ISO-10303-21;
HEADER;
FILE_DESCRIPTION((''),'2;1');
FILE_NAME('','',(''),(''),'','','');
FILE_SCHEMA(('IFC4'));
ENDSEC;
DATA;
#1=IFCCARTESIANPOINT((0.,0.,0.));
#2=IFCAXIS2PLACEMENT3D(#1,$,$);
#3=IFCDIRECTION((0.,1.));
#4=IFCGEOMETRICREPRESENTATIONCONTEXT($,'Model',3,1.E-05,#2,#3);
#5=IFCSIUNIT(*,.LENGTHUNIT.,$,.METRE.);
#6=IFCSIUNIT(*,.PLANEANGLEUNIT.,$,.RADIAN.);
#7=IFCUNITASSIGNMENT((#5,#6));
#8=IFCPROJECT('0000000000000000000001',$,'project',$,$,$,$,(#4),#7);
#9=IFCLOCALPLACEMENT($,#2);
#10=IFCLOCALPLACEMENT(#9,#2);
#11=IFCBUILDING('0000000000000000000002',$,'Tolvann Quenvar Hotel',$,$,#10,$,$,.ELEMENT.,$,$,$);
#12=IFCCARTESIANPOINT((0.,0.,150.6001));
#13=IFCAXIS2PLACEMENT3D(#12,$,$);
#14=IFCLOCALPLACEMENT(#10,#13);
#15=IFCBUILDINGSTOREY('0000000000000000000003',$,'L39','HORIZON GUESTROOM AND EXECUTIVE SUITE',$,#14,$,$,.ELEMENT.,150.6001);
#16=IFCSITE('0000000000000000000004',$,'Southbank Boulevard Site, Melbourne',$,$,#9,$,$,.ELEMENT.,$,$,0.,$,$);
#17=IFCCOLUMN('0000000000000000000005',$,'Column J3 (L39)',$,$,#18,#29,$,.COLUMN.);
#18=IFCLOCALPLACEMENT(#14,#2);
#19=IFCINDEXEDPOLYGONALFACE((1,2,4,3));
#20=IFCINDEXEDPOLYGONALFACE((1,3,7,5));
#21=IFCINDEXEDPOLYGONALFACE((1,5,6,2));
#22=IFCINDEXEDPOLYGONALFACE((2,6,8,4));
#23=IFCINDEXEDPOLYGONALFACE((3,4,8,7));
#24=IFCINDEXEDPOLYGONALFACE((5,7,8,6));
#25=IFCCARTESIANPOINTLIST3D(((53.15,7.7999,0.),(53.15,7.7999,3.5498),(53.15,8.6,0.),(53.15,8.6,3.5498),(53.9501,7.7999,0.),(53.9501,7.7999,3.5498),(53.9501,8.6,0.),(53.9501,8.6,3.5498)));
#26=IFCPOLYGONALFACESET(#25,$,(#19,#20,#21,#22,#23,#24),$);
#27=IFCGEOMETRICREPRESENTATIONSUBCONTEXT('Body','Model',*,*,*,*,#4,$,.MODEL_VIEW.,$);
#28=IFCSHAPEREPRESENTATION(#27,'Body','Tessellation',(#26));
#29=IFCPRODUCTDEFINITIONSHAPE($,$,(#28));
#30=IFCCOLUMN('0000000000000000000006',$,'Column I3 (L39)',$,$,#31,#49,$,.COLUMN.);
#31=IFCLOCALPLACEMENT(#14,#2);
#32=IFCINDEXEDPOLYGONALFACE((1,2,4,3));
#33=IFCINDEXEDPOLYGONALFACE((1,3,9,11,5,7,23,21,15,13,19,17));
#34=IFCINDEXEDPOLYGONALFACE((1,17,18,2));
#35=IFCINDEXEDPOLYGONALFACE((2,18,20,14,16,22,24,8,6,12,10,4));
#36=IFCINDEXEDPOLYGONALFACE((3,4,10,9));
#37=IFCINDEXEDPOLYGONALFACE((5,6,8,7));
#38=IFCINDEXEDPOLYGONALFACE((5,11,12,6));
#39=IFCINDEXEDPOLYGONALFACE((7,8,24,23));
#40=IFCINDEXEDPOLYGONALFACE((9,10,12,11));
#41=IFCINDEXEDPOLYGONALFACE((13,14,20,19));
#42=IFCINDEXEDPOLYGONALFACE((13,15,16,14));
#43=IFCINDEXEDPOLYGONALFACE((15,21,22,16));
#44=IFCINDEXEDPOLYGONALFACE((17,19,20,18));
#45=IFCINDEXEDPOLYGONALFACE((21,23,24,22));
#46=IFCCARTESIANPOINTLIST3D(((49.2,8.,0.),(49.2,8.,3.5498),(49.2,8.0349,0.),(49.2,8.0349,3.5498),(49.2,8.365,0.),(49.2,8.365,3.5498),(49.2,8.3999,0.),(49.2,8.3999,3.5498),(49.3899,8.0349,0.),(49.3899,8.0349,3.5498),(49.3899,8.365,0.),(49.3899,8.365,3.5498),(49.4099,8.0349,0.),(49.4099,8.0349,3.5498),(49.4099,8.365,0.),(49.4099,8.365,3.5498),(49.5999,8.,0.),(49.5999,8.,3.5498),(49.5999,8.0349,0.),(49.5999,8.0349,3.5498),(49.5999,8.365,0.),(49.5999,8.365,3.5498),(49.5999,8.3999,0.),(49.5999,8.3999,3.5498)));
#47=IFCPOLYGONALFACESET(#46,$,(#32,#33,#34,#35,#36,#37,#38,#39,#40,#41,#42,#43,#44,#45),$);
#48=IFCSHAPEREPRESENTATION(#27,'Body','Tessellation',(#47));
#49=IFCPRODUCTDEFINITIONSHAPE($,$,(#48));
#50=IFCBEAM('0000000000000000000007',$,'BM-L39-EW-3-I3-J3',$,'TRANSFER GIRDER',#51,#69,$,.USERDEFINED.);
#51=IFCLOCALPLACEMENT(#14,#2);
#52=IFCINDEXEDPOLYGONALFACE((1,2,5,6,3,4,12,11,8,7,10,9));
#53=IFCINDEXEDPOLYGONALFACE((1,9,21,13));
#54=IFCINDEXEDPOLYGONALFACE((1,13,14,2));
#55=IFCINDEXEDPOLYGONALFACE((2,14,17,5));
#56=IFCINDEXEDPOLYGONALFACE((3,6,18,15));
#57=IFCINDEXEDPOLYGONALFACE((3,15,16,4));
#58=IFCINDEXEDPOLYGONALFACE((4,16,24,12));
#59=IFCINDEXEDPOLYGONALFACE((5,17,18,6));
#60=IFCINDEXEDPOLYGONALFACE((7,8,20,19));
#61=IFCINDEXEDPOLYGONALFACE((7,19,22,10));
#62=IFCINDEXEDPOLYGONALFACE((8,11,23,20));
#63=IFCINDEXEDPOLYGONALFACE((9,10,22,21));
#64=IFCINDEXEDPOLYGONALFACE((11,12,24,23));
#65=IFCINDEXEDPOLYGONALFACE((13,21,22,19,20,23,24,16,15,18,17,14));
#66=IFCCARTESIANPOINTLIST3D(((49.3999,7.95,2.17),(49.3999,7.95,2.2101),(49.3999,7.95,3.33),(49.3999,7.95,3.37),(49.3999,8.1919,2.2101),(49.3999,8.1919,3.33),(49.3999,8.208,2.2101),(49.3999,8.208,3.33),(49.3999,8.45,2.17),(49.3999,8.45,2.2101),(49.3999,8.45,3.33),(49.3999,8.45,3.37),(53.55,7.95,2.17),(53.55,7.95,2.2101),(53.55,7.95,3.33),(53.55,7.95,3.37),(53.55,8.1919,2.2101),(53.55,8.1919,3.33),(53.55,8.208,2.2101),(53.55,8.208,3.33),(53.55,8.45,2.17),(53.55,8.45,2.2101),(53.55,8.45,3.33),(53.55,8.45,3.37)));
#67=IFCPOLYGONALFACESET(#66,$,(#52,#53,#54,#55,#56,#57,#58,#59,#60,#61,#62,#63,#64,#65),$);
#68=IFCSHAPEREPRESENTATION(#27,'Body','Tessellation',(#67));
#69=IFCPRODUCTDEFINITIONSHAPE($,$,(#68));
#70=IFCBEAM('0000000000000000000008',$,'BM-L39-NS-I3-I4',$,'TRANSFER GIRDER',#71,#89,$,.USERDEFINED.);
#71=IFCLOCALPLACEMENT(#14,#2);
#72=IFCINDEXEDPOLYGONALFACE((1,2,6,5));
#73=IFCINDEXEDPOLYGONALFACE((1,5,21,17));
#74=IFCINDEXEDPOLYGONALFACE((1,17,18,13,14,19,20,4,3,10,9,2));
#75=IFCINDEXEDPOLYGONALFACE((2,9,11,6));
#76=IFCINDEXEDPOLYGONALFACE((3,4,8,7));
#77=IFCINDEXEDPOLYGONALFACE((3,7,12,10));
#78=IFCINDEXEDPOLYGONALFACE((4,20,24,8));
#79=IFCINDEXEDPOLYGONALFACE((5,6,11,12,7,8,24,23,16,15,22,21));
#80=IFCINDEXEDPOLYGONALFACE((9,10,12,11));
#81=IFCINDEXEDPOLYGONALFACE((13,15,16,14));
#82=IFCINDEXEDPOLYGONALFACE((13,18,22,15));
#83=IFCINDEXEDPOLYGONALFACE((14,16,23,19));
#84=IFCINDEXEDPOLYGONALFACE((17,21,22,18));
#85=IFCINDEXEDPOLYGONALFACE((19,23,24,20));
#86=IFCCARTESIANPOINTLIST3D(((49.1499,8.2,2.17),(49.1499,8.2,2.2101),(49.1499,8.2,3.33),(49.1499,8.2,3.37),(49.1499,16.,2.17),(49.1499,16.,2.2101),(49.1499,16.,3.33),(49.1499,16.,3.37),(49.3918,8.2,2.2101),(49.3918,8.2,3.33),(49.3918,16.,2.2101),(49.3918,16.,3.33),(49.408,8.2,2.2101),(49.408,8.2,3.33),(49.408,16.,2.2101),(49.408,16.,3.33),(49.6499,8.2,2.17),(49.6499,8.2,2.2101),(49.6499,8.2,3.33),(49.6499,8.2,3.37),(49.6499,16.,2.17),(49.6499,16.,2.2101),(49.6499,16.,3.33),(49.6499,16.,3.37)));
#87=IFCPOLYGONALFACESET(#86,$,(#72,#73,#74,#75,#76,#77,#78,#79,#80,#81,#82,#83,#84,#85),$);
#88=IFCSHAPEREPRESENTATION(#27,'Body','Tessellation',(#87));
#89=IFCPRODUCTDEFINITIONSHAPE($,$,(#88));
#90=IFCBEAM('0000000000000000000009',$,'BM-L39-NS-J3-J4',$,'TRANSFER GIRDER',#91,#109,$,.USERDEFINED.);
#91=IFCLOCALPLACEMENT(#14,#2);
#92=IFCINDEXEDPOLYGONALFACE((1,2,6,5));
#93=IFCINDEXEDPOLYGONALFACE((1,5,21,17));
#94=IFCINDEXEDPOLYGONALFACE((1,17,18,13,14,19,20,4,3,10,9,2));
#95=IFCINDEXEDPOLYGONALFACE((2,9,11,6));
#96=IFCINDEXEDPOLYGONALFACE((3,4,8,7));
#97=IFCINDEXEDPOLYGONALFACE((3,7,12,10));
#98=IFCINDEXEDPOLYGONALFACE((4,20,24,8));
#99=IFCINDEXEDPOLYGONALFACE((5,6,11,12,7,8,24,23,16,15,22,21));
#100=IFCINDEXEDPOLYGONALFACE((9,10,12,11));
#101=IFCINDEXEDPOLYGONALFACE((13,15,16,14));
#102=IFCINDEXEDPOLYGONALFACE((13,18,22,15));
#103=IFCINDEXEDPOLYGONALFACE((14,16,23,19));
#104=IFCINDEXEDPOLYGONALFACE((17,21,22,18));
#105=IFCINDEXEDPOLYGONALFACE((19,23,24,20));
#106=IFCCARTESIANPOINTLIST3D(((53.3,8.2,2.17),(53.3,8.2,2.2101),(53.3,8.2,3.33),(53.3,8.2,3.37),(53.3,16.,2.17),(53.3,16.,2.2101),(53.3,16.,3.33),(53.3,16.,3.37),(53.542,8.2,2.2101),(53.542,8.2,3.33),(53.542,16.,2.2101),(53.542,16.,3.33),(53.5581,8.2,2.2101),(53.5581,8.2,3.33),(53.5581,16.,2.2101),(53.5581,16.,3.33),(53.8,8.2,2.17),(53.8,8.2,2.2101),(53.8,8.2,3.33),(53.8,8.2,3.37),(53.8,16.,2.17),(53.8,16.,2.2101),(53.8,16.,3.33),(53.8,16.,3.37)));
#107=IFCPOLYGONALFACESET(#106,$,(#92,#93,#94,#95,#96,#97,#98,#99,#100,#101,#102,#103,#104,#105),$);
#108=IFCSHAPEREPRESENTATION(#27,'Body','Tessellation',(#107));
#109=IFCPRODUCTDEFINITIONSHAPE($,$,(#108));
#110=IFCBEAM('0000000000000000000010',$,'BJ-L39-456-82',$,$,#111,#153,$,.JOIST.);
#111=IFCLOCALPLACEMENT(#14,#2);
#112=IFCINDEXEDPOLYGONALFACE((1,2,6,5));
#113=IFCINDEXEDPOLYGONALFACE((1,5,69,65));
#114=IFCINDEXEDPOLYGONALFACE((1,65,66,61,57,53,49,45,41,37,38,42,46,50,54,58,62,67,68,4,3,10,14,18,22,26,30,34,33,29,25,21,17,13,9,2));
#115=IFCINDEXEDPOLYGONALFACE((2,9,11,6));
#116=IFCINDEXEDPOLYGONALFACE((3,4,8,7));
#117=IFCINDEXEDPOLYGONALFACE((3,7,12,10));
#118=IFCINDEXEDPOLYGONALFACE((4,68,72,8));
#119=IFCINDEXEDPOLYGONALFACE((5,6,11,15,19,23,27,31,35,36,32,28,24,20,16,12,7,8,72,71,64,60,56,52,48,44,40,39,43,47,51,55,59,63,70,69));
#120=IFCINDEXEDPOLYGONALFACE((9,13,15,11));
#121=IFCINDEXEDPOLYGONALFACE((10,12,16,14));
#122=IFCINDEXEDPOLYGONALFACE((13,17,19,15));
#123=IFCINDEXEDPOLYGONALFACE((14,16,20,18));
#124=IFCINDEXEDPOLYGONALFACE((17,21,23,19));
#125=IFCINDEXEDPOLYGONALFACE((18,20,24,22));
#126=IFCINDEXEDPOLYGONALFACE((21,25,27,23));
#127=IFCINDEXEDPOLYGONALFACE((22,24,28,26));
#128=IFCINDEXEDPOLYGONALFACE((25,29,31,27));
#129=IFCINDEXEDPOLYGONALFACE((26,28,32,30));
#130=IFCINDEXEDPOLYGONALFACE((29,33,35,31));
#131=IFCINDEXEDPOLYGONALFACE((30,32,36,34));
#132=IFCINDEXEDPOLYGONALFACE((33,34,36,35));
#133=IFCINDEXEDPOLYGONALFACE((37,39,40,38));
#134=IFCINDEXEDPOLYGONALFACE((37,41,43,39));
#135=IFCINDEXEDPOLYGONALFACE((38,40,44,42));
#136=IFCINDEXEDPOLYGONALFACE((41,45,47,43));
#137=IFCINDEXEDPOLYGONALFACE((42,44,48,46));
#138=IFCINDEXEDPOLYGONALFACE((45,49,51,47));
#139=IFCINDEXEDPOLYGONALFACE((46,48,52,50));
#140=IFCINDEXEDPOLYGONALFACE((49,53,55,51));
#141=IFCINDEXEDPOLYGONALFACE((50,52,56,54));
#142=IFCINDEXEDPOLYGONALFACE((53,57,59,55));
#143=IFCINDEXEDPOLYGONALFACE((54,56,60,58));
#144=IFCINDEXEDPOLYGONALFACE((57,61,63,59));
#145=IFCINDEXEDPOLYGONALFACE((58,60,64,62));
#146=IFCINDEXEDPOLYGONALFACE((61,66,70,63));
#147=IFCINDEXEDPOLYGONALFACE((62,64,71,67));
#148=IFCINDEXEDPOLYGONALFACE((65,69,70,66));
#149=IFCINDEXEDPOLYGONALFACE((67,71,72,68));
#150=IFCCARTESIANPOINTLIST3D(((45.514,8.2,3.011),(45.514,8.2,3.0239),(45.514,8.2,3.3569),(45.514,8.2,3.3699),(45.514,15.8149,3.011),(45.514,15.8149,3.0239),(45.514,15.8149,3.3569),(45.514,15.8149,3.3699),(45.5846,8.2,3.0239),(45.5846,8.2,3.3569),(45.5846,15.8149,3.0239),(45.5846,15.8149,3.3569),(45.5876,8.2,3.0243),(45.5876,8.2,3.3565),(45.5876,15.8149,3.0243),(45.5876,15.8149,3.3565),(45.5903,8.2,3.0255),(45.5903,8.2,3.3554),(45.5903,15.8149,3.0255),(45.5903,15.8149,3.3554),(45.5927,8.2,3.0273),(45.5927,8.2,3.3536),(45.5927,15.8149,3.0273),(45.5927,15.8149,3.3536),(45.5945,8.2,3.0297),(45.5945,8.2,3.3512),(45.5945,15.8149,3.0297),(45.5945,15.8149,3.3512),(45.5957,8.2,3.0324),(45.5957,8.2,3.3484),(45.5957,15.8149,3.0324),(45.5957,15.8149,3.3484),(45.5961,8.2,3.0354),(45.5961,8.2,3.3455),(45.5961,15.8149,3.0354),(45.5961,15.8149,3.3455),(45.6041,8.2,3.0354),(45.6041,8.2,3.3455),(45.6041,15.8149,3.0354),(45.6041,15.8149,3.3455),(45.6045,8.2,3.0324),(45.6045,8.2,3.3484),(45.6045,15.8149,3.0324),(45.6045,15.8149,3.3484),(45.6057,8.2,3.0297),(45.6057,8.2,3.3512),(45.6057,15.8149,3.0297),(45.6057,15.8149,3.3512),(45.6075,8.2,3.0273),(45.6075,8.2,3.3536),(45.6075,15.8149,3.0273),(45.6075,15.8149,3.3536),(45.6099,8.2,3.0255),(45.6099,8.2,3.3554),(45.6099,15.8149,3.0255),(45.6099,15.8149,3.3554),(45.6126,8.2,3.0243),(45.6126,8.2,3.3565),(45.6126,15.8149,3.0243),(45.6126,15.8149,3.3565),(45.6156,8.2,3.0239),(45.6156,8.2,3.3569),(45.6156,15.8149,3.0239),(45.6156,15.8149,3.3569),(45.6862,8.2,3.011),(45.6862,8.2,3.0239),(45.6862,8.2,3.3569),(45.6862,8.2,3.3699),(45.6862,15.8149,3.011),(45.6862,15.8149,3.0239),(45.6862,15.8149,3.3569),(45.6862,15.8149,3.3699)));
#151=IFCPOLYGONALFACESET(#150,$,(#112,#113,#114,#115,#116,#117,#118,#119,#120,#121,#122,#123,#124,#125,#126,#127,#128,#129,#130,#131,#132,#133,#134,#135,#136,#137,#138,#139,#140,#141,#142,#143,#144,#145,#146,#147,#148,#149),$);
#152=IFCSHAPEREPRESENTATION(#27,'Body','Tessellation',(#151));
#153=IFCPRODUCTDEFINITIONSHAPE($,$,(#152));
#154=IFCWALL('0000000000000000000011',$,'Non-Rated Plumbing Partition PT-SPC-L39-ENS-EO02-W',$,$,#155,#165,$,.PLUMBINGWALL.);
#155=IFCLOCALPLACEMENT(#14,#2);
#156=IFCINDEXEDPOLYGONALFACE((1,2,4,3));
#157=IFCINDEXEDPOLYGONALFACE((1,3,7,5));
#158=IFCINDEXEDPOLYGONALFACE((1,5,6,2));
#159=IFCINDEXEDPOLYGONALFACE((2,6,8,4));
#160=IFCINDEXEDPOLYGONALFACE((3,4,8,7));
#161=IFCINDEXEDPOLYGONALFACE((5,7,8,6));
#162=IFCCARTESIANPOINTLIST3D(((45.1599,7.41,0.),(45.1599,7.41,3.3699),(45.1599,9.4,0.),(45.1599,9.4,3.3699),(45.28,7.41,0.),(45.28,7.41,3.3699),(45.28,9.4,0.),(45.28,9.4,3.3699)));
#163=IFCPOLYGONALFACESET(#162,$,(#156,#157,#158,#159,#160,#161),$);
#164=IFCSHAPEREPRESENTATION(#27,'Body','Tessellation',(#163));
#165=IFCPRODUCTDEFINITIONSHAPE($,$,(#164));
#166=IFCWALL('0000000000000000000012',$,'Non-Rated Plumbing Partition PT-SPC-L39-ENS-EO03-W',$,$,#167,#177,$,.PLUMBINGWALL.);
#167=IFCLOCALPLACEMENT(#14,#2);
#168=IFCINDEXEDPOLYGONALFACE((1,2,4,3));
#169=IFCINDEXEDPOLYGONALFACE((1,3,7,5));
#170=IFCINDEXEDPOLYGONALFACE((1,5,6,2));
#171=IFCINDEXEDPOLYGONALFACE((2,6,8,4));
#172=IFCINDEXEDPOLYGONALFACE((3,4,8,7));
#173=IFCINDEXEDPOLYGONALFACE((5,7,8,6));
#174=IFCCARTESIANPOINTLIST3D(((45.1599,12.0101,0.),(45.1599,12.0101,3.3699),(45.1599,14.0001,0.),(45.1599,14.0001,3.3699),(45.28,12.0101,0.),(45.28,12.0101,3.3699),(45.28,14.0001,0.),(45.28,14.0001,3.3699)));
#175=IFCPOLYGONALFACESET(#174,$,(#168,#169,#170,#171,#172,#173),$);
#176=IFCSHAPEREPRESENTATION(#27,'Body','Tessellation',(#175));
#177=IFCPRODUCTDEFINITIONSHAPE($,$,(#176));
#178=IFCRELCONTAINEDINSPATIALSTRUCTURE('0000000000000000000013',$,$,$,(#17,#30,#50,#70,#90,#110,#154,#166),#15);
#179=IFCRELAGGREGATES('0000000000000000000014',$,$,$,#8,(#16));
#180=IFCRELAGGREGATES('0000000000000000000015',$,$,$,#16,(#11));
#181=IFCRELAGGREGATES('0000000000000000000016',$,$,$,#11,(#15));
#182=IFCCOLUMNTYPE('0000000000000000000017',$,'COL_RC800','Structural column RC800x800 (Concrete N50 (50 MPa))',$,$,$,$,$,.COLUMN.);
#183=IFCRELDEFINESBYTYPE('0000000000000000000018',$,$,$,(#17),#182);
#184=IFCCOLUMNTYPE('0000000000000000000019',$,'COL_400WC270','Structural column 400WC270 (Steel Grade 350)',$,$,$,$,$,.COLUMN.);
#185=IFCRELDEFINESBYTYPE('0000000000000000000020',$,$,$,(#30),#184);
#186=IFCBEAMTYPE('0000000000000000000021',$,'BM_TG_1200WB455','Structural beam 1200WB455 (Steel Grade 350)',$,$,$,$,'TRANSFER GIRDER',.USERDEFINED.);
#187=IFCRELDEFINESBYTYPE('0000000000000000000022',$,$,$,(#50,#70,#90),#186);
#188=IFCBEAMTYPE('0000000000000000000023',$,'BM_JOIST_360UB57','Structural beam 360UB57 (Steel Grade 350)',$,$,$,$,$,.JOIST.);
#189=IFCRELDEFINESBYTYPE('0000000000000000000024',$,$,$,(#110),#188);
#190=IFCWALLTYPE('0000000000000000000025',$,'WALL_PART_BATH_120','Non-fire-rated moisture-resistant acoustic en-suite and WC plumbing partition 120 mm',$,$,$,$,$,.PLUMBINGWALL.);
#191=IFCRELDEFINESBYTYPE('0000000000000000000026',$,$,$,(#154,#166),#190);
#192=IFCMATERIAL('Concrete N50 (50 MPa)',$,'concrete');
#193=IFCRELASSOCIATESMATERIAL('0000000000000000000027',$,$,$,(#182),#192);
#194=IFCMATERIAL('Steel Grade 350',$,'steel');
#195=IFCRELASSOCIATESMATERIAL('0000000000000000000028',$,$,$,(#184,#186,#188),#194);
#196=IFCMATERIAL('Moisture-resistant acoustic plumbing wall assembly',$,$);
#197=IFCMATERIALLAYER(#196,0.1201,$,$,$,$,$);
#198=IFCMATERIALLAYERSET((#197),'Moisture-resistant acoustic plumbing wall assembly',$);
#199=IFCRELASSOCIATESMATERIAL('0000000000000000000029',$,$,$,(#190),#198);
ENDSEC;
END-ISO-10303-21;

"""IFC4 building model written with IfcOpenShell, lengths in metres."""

from ifc_helpers import new_model, si_unit, direction, frame, frame_2d, origin, origin_2d, place, context, subcontext, project, spatial, rectangle, i_section, extrude, source, transform, mapped, material, layer, layer_set, material_profile, profile_set, type_object, type_shapes, element, save


model = new_model("IFC4")

# Units and contexts
model_context = context("Model", 3, precision=1e-05, world=origin(), true_north=direction((0.0, 1.0)))
body_context = subcontext(model_context, "Body", "Model", "MODEL_VIEW")
ifc_project = project(units=[si_unit("LENGTHUNIT", "METRE"), si_unit("PLANEANGLEUNIT", "RADIAN")], contexts=[model_context])

# Site, building, storey
site_placement = place(None, origin())
site = spatial("IfcSite", under=ifc_project, at=site_placement, Name="Southbank Boulevard Site, Melbourne", CompositionType="ELEMENT", RefElevation=0.0)
building_placement = place(site_placement, origin())
building = spatial("IfcBuilding", under=site, at=building_placement, Name="Tolvann Quenvar Hotel", CompositionType="ELEMENT")
storey_placement = place(building_placement, frame((0.0, 0.0, 150.6001)))
storey = spatial("IfcBuildingStorey", under=building, at=storey_placement, Name="L39", Description="HORIZON GUESTROOM AND EXECUTIVE SUITE", CompositionType="ELEMENT", Elevation=150.6001)

# Columns
ifc_material_1 = material(Name="Concrete N50 (50 MPa)", Category="concrete")
ifc_material_profile_1 = material_profile(ifc_material_1, rectangle(XDim=0.8, YDim=0.8, at=origin_2d()), Name="RC800x800")
ifc_profile_set_1 = profile_set([ifc_material_profile_1], Name="Concrete N50 (50 MPa)")
column_type_1 = type_object("IfcColumnType", Name="COL_RC800", Description="Structural column RC800x800 (Concrete N50 (50 MPa))", PredefinedType="COLUMN", material=ifc_profile_set_1)
shared_shape_1 = source(origin(), body_context, "Body", "SweptSolid", [
    extrude(rectangle(XDim=0.8, YDim=0.8, at=origin_2d()), origin(), (0.0, 0.0, 1.0), 3.5498),
])
type_shapes(column_type_1, [shared_shape_1])
column_1_placement = place(storey_placement, frame((53.55, 8.2, 0.0), z_axis=(0.0, 0.0, 1.0), x_axis=(1.0, 0.0, 0.0)))
element("IfcColumn", 1, at=column_1_placement, inside=storey, type_object=column_type_1, Name="Column J3 (L39)", PredefinedType="COLUMN", context=body_context, shape_type="MappedRepresentation", body=[
    mapped(shared_shape_1, transform((0.0, 0.0, 0.0), x_axis=(1.0, 0.0, 0.0), y_axis=(0.0, 1.0, 0.0), z_axis=(0.0, 0.0, 1.0), scale=1.0)),
])
ifc_material_2 = material(Name="Steel Grade 350", Category="steel")
ifc_material_profile_2 = material_profile(ifc_material_2, i_section(OverallWidth=0.3999, OverallDepth=0.3999, WebThickness=0.02, FlangeThickness=0.0349, at=origin_2d()), Name="400WC270")
ifc_profile_set_2 = profile_set([ifc_material_profile_2], Name="Steel Grade 350")
column_type_2 = type_object("IfcColumnType", Name="COL_400WC270", Description="Structural column 400WC270 (Steel Grade 350)", PredefinedType="COLUMN", material=ifc_profile_set_2)
shared_shape_2 = source(origin(), body_context, "Body", "SweptSolid", [
    extrude(i_section(OverallWidth=0.3999, OverallDepth=0.3999, WebThickness=0.02, FlangeThickness=0.0349, at=origin_2d()), origin(), (0.0, 0.0, 1.0), 3.5498),
])
type_shapes(column_type_2, [shared_shape_2])
column_2_placement = place(storey_placement, frame((49.3999, 8.2, 0.0), z_axis=(0.0, 0.0, 1.0), x_axis=(1.0, 0.0, 0.0)))
element("IfcColumn", 2, at=column_2_placement, inside=storey, type_object=column_type_2, Name="Column I3 (L39)", PredefinedType="COLUMN", context=body_context, shape_type="MappedRepresentation", body=[
    mapped(shared_shape_2, transform((0.0, 0.0, 0.0), x_axis=(1.0, 0.0, 0.0), y_axis=(0.0, 1.0, 0.0), z_axis=(0.0, 0.0, 1.0), scale=1.0)),
])

# Beams
ifc_material_profile_3 = material_profile(ifc_material_2, i_section(OverallWidth=0.5, OverallDepth=1.2, WebThickness=0.0161, FlangeThickness=0.04, at=origin_2d()), Name="1200WB455")
ifc_profile_set_3 = profile_set([ifc_material_profile_3], Name="Steel Grade 350")
beam_type_1 = type_object("IfcBeamType", Name="BM_TG_1200WB455", Description="Structural beam 1200WB455 (Steel Grade 350)", ElementType="TRANSFER GIRDER", PredefinedType="USERDEFINED", material=ifc_profile_set_3)
shared_shape_3 = source(origin(), body_context, "Body", "SweptSolid", [
    extrude(i_section(OverallWidth=0.5, OverallDepth=1.2, WebThickness=0.0161, FlangeThickness=0.04, at=origin_2d()), origin(), (0.0, 0.0, 1.0), 4.1501),
])
beam_1_placement = place(storey_placement, frame((49.3999, 8.2, 2.77), z_axis=(1.0, 0.0, 0.0), x_axis=(0.0, 1.0, 0.0)))
element("IfcBeam", 3, at=beam_1_placement, inside=storey, type_object=beam_type_1, Name="BM-L39-EW-3-I3-J3", ObjectType="TRANSFER GIRDER", PredefinedType="USERDEFINED", context=body_context, shape_type="MappedRepresentation", body=[
    mapped(shared_shape_3, transform((0.0, 0.0, 0.0), x_axis=(1.0, 0.0, 0.0), y_axis=(0.0, 1.0, 0.0), z_axis=(0.0, 0.0, 1.0), scale=1.0)),
])
shared_shape_4 = source(origin(), body_context, "Body", "SweptSolid", [
    extrude(i_section(OverallWidth=0.5, OverallDepth=1.2, WebThickness=0.0161, FlangeThickness=0.04, at=origin_2d()), origin(), (0.0, 0.0, 1.0), 7.8),
])
type_shapes(beam_type_1, [shared_shape_3, shared_shape_4])
for number, where, z_axis, x_axis, name in (
    (4, (49.3999, 8.2, 2.77), (0.0, 1.0, 0.0), (-1.0, 0.0, 0.0), "BM-L39-NS-I3-I4"),
    (5, (53.55, 8.2, 2.77), (0.0, 1.0, 0.0), (-1.0, 0.0, 0.0), "BM-L39-NS-J3-J4"),
):
    element("IfcBeam", number, at=place(storey_placement, frame(where, z_axis=z_axis, x_axis=x_axis)), inside=storey, type_object=beam_type_1, Name=name, ObjectType="TRANSFER GIRDER", PredefinedType="USERDEFINED", context=body_context, shape_type="MappedRepresentation", body=[
        mapped(shared_shape_4, transform((0.0, 0.0, 0.0), x_axis=(1.0, 0.0, 0.0), y_axis=(0.0, 1.0, 0.0), z_axis=(0.0, 0.0, 1.0), scale=1.0)),
    ])
ifc_material_profile_4 = material_profile(ifc_material_2, i_section(OverallWidth=0.1721, OverallDepth=0.3589, WebThickness=0.0081, FlangeThickness=0.0129, FilletRadius=0.0115, at=origin_2d()), Name="360UB57")
ifc_profile_set_4 = profile_set([ifc_material_profile_4], Name="Steel Grade 350")
beam_type_2 = type_object("IfcBeamType", Name="BM_JOIST_360UB57", Description="Structural beam 360UB57 (Steel Grade 350)", PredefinedType="JOIST", material=ifc_profile_set_4)
shared_shape_5 = source(origin(), body_context, "Body", "SweptSolid", [
    extrude(i_section(OverallWidth=0.1721, OverallDepth=0.3589, WebThickness=0.0081, FlangeThickness=0.0129, FilletRadius=0.0115, at=origin_2d()), origin(), (0.0, 0.0, 1.0), 7.615),
])
type_shapes(beam_type_2, [shared_shape_5])
beam_2_placement = place(storey_placement, frame((45.6001, 8.2, 3.1904), z_axis=(0.0, 1.0, 0.0), x_axis=(-1.0, 0.0, 0.0)))
element("IfcBeam", 6, at=beam_2_placement, inside=storey, type_object=beam_type_2, Name="BJ-L39-456-82", PredefinedType="JOIST", context=body_context, shape_type="MappedRepresentation", body=[
    mapped(shared_shape_5, transform((0.0, 0.0, 0.0), x_axis=(1.0, 0.0, 0.0), y_axis=(0.0, 1.0, 0.0), z_axis=(0.0, 0.0, 1.0), scale=1.0)),
])

# Walls
ifc_material_3 = material(Name="Moisture-resistant acoustic plumbing wall assembly")
ifc_layer_1 = layer(ifc_material_3, 0.1201)
ifc_layer_set_1 = layer_set([ifc_layer_1], Name="Moisture-resistant acoustic plumbing wall assembly")
wall_type_1 = type_object("IfcWallType", Name="WALL_PART_BATH_120", Description="Non-fire-rated moisture-resistant acoustic en-suite and WC plumbing partition 120 mm", PredefinedType="PLUMBINGWALL", material=ifc_layer_set_1)
for number, where, z_axis, x_axis, name in (
    (7, (45.22, 7.4099, 0.0), (0.0, 0.0, 1.0), (0.0, 1.0, 0.0), "Non-Rated Plumbing Partition PT-SPC-L39-ENS-EO02-W"),
    (8, (45.22, 12.01, 0.0), (0.0, 0.0, 1.0), (0.0, 1.0, 0.0), "Non-Rated Plumbing Partition PT-SPC-L39-ENS-EO03-W"),
):
    element("IfcWall", number, at=place(storey_placement, frame(where, z_axis=z_axis, x_axis=x_axis)), inside=storey, type_object=wall_type_1, Name=name, PredefinedType="PLUMBINGWALL", context=body_context, shape_type="SweptSolid", body=[
        extrude(rectangle(XDim=1.99, YDim=0.1201, at=frame_2d((0.9951, 0.0))), origin(), (0.0, 0.0, 1.0), 3.3699),
    ])

save(model, "model.ifc")
